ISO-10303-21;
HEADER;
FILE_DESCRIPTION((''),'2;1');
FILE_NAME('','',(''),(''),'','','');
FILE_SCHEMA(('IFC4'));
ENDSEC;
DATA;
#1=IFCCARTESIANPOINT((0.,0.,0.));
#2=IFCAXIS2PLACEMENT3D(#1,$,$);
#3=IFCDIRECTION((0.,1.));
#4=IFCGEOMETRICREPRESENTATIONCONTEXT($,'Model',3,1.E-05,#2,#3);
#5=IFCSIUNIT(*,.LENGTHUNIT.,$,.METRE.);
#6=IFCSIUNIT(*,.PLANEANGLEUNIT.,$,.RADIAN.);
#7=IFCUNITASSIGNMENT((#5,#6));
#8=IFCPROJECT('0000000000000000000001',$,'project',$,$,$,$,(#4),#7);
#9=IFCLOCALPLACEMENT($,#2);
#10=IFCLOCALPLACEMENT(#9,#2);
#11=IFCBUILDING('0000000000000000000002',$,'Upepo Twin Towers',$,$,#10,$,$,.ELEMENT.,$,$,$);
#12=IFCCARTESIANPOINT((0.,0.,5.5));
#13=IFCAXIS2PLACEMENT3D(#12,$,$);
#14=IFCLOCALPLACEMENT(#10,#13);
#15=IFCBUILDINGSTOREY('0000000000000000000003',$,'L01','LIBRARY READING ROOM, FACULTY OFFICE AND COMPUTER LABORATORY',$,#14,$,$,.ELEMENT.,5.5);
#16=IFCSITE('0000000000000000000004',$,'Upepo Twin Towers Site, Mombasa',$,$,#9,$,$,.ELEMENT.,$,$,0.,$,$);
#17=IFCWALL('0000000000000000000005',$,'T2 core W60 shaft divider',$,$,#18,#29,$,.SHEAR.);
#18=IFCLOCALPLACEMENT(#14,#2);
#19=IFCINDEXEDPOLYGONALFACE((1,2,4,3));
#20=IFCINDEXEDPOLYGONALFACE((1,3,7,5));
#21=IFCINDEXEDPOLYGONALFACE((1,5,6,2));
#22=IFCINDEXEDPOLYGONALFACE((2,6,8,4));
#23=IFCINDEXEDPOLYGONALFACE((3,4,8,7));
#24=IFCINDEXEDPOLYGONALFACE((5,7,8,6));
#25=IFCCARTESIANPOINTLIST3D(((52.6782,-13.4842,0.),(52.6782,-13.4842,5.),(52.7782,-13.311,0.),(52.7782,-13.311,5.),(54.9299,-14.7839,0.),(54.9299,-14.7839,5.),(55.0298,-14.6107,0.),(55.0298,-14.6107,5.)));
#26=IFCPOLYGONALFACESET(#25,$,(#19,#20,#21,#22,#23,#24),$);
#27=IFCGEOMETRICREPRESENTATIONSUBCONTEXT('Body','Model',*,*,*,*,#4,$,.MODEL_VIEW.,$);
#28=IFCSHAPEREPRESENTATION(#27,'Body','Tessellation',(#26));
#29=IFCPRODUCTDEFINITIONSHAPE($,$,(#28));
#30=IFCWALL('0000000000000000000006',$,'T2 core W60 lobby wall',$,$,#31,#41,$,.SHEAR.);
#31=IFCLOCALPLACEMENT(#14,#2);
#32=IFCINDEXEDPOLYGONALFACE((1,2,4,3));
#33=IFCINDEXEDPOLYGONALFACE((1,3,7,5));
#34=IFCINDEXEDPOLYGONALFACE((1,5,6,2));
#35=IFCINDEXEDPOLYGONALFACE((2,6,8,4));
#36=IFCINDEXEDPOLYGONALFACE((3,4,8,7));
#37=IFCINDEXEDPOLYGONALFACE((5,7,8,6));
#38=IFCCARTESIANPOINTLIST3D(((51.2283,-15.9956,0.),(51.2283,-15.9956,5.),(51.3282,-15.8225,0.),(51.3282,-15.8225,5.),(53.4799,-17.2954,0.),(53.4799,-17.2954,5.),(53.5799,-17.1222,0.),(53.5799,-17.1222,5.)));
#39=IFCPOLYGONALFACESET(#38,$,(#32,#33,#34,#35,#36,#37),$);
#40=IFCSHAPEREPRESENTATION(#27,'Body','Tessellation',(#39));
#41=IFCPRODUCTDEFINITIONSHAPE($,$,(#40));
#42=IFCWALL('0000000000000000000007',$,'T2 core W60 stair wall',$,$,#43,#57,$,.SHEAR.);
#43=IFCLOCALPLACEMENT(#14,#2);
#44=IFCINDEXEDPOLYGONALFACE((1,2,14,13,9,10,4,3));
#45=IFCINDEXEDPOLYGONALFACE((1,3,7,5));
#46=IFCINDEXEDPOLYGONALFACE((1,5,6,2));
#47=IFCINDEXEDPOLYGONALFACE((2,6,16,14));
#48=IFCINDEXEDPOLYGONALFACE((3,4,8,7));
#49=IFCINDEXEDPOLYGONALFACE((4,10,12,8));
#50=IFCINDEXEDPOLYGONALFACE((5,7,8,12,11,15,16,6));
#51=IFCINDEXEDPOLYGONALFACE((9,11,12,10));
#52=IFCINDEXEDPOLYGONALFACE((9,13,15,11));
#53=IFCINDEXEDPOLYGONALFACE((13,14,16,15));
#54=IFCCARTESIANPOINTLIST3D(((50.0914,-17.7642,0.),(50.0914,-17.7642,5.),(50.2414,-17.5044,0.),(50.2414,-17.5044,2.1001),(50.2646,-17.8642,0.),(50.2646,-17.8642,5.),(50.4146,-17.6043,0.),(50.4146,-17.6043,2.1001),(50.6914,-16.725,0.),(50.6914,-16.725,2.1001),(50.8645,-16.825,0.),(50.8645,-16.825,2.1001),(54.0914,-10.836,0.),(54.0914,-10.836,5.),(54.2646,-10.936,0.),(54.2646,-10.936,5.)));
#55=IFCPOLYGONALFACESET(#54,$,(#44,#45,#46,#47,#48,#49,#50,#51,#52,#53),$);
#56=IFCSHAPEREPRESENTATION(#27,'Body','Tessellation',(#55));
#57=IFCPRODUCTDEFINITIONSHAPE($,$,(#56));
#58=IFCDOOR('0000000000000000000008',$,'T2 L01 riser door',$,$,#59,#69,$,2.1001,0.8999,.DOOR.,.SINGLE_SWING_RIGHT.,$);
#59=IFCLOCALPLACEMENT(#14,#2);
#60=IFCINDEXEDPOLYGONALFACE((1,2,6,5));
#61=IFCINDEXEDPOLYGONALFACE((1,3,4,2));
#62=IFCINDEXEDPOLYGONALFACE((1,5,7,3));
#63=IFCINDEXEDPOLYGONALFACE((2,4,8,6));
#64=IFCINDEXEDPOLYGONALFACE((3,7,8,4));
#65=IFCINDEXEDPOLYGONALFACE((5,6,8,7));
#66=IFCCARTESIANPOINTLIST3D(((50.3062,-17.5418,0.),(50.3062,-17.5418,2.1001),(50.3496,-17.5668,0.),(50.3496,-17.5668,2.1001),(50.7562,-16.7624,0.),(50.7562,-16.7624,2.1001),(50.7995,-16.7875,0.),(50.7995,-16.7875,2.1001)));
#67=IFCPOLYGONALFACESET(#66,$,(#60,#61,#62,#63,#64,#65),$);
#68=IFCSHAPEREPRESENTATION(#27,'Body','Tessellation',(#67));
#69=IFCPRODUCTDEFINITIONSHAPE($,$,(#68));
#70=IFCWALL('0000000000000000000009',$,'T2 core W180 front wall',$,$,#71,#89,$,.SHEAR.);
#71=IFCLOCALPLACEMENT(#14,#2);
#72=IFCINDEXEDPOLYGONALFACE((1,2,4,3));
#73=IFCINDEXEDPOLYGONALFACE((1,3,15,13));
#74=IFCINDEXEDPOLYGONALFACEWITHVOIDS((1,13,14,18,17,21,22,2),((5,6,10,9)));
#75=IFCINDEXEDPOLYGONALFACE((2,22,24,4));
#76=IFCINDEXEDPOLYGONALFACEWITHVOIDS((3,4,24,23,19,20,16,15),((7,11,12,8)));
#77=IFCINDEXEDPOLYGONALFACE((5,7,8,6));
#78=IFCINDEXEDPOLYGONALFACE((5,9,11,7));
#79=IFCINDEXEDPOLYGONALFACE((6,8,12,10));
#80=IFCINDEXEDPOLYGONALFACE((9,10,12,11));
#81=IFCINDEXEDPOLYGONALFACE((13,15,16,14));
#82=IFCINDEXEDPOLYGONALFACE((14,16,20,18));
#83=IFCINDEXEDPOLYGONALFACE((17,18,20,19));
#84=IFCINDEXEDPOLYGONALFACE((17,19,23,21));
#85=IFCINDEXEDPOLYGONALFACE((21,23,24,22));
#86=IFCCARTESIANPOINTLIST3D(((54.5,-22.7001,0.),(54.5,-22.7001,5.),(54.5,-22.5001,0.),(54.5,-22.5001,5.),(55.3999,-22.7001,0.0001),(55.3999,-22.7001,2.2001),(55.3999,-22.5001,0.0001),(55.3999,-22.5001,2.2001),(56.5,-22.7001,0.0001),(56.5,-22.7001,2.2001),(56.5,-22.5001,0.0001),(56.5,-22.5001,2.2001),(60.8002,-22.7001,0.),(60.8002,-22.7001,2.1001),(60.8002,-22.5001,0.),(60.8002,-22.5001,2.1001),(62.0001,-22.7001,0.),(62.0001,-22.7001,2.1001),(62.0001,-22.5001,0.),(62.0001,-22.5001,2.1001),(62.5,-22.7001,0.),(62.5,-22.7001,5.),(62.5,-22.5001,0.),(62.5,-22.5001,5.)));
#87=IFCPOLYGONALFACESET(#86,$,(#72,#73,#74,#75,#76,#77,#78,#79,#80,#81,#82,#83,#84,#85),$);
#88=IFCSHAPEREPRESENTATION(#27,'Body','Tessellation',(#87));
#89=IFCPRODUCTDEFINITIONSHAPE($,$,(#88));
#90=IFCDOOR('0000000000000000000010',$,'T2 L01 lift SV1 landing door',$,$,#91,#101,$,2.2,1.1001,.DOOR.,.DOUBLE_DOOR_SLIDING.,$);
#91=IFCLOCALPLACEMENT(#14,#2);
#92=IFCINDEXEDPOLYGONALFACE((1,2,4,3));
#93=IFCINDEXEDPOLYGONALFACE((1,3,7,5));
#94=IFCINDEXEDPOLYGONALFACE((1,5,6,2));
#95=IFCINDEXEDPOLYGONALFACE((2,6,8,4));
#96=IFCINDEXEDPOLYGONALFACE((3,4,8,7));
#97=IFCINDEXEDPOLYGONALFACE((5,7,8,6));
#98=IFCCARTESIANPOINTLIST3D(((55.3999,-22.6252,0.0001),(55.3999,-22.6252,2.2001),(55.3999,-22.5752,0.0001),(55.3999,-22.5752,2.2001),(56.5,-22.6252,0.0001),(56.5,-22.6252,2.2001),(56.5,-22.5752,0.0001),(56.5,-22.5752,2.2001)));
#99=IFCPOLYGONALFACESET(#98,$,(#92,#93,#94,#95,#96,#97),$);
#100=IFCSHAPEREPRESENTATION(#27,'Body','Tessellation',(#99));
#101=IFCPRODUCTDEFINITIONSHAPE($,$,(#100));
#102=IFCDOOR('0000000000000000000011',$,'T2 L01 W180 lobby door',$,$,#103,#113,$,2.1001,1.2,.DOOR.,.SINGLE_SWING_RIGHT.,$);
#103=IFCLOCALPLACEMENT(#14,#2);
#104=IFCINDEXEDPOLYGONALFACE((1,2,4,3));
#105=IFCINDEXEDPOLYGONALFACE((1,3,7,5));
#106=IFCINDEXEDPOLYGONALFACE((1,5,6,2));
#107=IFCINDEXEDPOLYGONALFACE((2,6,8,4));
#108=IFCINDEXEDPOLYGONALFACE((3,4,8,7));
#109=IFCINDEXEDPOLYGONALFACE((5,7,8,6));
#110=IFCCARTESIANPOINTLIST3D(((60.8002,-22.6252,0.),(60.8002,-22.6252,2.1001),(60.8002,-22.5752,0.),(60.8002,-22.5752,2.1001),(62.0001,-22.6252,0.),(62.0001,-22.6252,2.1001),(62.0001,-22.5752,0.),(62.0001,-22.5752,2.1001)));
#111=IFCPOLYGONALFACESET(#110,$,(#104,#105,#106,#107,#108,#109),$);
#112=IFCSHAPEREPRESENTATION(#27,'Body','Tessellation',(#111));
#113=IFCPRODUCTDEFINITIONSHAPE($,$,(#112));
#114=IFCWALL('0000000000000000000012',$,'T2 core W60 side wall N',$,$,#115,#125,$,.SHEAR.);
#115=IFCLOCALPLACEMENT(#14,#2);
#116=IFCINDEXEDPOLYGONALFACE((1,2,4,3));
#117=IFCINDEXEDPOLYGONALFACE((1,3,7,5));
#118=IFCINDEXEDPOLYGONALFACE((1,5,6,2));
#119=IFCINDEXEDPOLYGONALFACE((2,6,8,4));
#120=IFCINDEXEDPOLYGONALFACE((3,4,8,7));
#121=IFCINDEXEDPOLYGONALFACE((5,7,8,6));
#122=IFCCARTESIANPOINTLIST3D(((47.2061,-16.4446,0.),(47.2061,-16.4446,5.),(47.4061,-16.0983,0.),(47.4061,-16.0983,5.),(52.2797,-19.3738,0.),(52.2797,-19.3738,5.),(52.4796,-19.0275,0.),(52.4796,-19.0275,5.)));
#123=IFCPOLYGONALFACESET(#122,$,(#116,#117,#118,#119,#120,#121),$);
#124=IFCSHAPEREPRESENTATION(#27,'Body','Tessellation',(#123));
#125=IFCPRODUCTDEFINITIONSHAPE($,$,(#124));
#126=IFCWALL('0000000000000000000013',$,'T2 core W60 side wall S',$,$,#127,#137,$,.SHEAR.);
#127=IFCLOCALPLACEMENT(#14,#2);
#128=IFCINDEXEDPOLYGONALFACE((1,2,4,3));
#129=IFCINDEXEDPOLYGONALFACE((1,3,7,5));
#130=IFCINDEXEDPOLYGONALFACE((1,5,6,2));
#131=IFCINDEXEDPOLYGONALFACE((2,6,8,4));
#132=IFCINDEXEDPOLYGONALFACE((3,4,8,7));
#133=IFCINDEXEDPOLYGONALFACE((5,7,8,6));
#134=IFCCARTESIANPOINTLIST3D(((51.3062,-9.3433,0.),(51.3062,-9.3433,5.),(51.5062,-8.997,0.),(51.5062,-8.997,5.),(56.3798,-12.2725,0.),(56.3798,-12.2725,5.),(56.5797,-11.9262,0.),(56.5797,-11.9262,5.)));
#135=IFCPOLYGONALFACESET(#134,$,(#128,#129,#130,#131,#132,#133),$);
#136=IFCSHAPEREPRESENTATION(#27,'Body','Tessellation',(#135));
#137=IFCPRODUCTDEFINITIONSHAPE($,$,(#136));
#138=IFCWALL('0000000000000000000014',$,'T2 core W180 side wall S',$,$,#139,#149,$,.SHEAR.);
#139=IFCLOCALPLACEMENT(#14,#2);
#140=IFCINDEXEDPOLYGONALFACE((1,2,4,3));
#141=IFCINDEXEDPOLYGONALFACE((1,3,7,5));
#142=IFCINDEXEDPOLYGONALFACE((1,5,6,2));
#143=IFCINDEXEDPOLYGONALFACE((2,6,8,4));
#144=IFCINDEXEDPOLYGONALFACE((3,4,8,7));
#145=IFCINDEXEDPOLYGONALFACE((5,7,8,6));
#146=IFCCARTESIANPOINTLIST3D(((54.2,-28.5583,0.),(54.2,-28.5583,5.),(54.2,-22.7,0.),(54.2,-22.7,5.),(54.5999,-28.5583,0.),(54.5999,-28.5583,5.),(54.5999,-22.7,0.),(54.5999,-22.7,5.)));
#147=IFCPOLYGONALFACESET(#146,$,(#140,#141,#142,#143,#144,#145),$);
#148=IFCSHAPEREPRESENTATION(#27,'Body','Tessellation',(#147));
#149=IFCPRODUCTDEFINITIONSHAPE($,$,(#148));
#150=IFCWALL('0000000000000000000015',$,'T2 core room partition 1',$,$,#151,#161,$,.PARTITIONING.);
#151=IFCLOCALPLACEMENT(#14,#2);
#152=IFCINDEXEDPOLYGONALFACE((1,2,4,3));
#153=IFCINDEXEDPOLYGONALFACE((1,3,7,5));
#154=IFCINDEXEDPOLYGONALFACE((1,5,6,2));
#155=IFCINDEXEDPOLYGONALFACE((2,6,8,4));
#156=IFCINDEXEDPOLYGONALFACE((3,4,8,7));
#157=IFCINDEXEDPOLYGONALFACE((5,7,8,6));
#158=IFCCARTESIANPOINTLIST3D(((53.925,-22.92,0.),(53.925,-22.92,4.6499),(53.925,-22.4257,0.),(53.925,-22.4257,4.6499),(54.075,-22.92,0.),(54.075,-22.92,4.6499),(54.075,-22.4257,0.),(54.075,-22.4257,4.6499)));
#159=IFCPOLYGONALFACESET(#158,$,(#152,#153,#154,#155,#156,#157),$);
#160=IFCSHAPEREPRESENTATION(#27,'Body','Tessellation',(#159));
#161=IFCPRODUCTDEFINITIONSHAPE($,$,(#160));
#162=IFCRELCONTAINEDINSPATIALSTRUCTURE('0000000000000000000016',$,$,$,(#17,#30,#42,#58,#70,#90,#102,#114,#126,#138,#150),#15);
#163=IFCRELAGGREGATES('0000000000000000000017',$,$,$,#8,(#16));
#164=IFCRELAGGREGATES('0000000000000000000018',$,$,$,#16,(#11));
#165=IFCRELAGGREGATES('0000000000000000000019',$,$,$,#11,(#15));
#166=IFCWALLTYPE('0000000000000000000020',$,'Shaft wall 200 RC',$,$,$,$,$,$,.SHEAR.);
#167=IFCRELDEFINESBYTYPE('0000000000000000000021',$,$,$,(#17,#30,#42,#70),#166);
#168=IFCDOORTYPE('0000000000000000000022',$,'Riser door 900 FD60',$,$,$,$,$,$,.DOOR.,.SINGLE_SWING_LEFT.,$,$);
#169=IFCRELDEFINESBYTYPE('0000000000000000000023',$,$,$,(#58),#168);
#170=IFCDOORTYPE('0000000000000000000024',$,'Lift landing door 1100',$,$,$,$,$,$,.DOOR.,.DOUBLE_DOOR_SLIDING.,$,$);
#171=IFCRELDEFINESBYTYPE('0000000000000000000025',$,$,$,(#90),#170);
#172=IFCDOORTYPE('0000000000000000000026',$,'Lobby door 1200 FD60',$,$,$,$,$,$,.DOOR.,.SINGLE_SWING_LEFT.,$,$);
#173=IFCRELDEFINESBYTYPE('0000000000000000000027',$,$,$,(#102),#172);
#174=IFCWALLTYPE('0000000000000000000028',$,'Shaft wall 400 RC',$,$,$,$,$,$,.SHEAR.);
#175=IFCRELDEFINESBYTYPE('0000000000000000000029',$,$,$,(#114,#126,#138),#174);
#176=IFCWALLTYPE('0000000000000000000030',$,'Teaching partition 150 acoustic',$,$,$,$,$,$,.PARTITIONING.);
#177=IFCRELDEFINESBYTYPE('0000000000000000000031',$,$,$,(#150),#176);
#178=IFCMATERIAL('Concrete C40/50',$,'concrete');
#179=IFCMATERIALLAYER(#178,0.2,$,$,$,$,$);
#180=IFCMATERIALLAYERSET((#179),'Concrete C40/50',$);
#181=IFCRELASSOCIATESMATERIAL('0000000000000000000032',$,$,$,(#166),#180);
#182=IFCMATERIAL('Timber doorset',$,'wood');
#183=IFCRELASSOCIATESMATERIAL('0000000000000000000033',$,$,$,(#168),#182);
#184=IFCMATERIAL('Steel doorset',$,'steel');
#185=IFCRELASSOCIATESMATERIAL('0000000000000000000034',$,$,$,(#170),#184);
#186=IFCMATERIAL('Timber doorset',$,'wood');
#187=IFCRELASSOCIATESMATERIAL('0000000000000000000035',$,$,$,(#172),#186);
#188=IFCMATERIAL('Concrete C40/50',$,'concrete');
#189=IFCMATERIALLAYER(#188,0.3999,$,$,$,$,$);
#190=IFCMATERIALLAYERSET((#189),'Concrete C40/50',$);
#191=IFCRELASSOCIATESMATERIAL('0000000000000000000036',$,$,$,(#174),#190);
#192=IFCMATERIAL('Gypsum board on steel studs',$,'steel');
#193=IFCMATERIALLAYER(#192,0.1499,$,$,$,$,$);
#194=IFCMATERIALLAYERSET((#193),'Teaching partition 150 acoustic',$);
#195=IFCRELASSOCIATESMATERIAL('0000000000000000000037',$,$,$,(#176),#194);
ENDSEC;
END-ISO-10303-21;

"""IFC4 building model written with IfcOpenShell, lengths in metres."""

from ifc_helpers import new_model, si_unit, direction, frame, frame_2d, origin, place, context, subcontext, project, spatial, rectangle, extrude, material, layer, layer_set, type_object, element, fill, save


model = new_model("IFC4")

# Units and contexts
model_context = context("Model", 3, precision=1e-05, world=origin(), true_north=direction((0.0, 1.0)))
body_context = subcontext(model_context, "Body", "Model", "MODEL_VIEW")
ifc_project = project(units=[si_unit("LENGTHUNIT", "METRE"), si_unit("PLANEANGLEUNIT", "RADIAN")], contexts=[model_context])

# Site, building, storey
site_placement = place(None, origin())
site = spatial("IfcSite", under=ifc_project, at=site_placement, Name="Upepo Twin Towers Site, Mombasa", CompositionType="ELEMENT", RefElevation=0.0)
building_placement = place(site_placement, origin())
building = spatial("IfcBuilding", under=site, at=building_placement, Name="Upepo Twin Towers", CompositionType="ELEMENT")
storey_placement = place(building_placement, frame((0.0, 0.0, 5.5)))
storey = spatial("IfcBuildingStorey", under=building, at=storey_placement, Name="L01", Description="LIBRARY READING ROOM, FACULTY OFFICE AND COMPUTER LABORATORY", CompositionType="ELEMENT", Elevation=5.5)

# Walls
ifc_material_1 = material(Name="Concrete C40/50", Category="concrete")
ifc_layer_1 = layer(ifc_material_1, 0.2)
ifc_layer_set_1 = layer_set([ifc_layer_1], Name="Concrete C40/50")
wall_type_1 = type_object("IfcWallType", Name="Shaft wall 200 RC", PredefinedType="SHEAR", material=ifc_layer_set_1)
for number, where, z_axis, x_axis, name in (
    (1, (54.9797, -14.6973, 0.0), (0.0, 0.0, 1.0), (-0.866062, 0.499937, 0.0), "T2 core W60 shaft divider"),
    (2, (53.5298, -17.2087, 0.0), (0.0, 0.0, 1.0), (-0.866062, 0.499937, 0.0), "T2 core W60 lobby wall"),
):
    element("IfcWall", number, at=place(storey_placement, frame(where, z_axis=z_axis, x_axis=x_axis)), inside=storey, type_object=wall_type_1, Name=name, PredefinedType="SHEAR", context=body_context, shape_type="SweptSolid", body=[
        extrude(rectangle(XDim=2.5999, YDim=0.2, at=frame_2d((1.2998, 0.0))), origin(), (0.0, 0.0, 1.0), 5.0),
    ])

# Wall, opening, door
wall_1_placement = place(storey_placement, frame((54.178, -10.886, 0.0), z_axis=(0.0, 0.0, 1.0), x_axis=(-0.499999, -0.866026, 0.0)))
wall_1 = element("IfcWall", 3, at=wall_1_placement, inside=storey, type_object=wall_type_1, Name="T2 core W60 stair wall", PredefinedType="SHEAR", context=body_context, shape_type="SweptSolid", body=[
    extrude(rectangle(XDim=8.0, YDim=0.2, at=frame_2d((4.0, 0.0))), origin(), (0.0, 0.0, 1.0), 5.0),
])
opening_1_placement = place(wall_1_placement, frame((6.8, 0.0, 0.0)))
opening_1 = element("IfcOpeningElement", 4, at=opening_1_placement, cuts=wall_1, PredefinedType="OPENING", context=body_context, shape_type="SweptSolid", body=[
    extrude(rectangle(XDim=0.8999, YDim=2.1001, at=frame_2d((0.45, 1.05))), frame((0.0, 0.1099, 0.0), z_axis=(0.0, -1.0, 0.0), x_axis=(1.0, 0.0, 0.0)), (0.0, 0.0, 1.0), 0.22),
])
ifc_material_2 = material(Name="Timber doorset", Category="wood")
door_type_1 = type_object("IfcDoorType", Name="Riser door 900 FD60", OperationType="SINGLE_SWING_LEFT", PredefinedType="DOOR", material=ifc_material_2)
door_1_placement = place(opening_1_placement, origin())
door_1 = element("IfcDoor", 5, at=door_1_placement, inside=storey, type_object=door_type_1, Name="T2 L01 riser door", OperationType="SINGLE_SWING_RIGHT", OverallHeight=2.1001, OverallWidth=0.8999, PredefinedType="DOOR", context=body_context, shape_type="SweptSolid", body=[
    extrude(rectangle(XDim=0.8999, YDim=2.1001, at=frame_2d((0.45, 1.05))), frame((0.0, 0.0249, 0.0), z_axis=(0.0, -1.0, 0.0), x_axis=(1.0, 0.0, 0.0)), (0.0, 0.0, 1.0), 0.05),
])
fill(opening_1, door_1)

# Wall, openings, doors
wall_2_placement = place(storey_placement, frame((54.5, -22.6001, 0.0), z_axis=(0.0, 0.0, 1.0), x_axis=(1.0, 0.0, 0.0)))
wall_2 = element("IfcWall", 6, at=wall_2_placement, inside=storey, type_object=wall_type_1, Name="T2 core W180 front wall", PredefinedType="SHEAR", context=body_context, shape_type="SweptSolid", body=[
    extrude(rectangle(XDim=8.0, YDim=0.2, at=frame_2d((4.0, 0.0))), origin(), (0.0, 0.0, 1.0), 5.0),
])
opening_2_placement = place(wall_2_placement, frame((6.3, 0.0, 0.0)))
opening_2 = element("IfcOpeningElement", 7, at=opening_2_placement, cuts=wall_2, PredefinedType="OPENING", context=body_context, shape_type="SweptSolid", body=[
    extrude(rectangle(XDim=1.2, YDim=2.1001, at=frame_2d((0.6001, 1.05))), frame((0.0, 0.1099, 0.0), z_axis=(0.0, -1.0, 0.0), x_axis=(1.0, 0.0, 0.0)), (0.0, 0.0, 1.0), 0.22),
])
opening_3_placement = place(wall_2_placement, frame((0.8999, 0.0, 0.0)))
opening_3 = element("IfcOpeningElement", 8, at=opening_3_placement, cuts=wall_2, PredefinedType="OPENING", context=body_context, shape_type="SweptSolid", body=[
    extrude(rectangle(XDim=1.1001, YDim=2.2, at=frame_2d((0.55, 1.1001))), frame((0.0, 0.1099, 0.0), z_axis=(0.0, -1.0, 0.0), x_axis=(1.0, 0.0, 0.0)), (0.0, 0.0, 1.0), 0.22),
])
ifc_material_3 = material(Name="Steel doorset", Category="steel")
door_type_2 = type_object("IfcDoorType", Name="Lift landing door 1100", OperationType="DOUBLE_DOOR_SLIDING", PredefinedType="DOOR", material=ifc_material_3)
door_2_placement = place(opening_3_placement, origin())
door_2 = element("IfcDoor", 9, at=door_2_placement, inside=storey, type_object=door_type_2, Name="T2 L01 lift SV1 landing door", OperationType="DOUBLE_DOOR_SLIDING", OverallHeight=2.2, OverallWidth=1.1001, PredefinedType="DOOR", context=body_context, shape_type="SweptSolid", body=[
    extrude(rectangle(XDim=1.1001, YDim=2.2, at=frame_2d((0.55, 1.1001))), frame((0.0, 0.0249, 0.0), z_axis=(0.0, -1.0, 0.0), x_axis=(1.0, 0.0, 0.0)), (0.0, 0.0, 1.0), 0.05),
])
fill(opening_3, door_2)
ifc_material_4 = material(Name="Timber doorset", Category="wood")
door_type_3 = type_object("IfcDoorType", Name="Lobby door 1200 FD60", OperationType="SINGLE_SWING_LEFT", PredefinedType="DOOR", material=ifc_material_4)
door_3_placement = place(opening_2_placement, origin())
door_3 = element("IfcDoor", 10, at=door_3_placement, inside=storey, type_object=door_type_3, Name="T2 L01 W180 lobby door", OperationType="SINGLE_SWING_RIGHT", OverallHeight=2.1001, OverallWidth=1.2, PredefinedType="DOOR", context=body_context, shape_type="SweptSolid", body=[
    extrude(rectangle(XDim=1.2, YDim=2.1001, at=frame_2d((0.6001, 1.05))), frame((0.0, 0.0249, 0.0), z_axis=(0.0, -1.0, 0.0), x_axis=(1.0, 0.0, 0.0)), (0.0, 0.0, 1.0), 0.05),
])
fill(opening_2, door_3)

# Walls
ifc_material_5 = material(Name="Concrete C40/50", Category="concrete")
ifc_layer_2 = layer(ifc_material_5, 0.3999)
ifc_layer_set_2 = layer_set([ifc_layer_2], Name="Concrete C40/50")
wall_type_2 = type_object("IfcWallType", Name="Shaft wall 400 RC", PredefinedType="SHEAR", material=ifc_layer_set_2)
for number, where, z_axis, x_axis, name in (
    (11, (52.3796, -19.2007, 0.0), (0.0, 0.0, 1.0), (-0.866024, 0.500003, 0.0), "T2 core W60 side wall N"),
    (12, (56.4797, -12.0994, 0.0), (0.0, 0.0, 1.0), (-0.866024, 0.500003, 0.0), "T2 core W60 side wall S"),
    (13, (54.3999, -22.7, 0.0), (0.0, 0.0, 1.0), (0.0, -1.0, 0.0), "T2 core W180 side wall S"),
):
    element("IfcWall", number, at=place(storey_placement, frame(where, z_axis=z_axis, x_axis=x_axis)), inside=storey, type_object=wall_type_2, Name=name, PredefinedType="SHEAR", context=body_context, shape_type="SweptSolid", body=[
        extrude(rectangle(XDim=5.8584, YDim=0.3999, at=frame_2d((2.9292, 0.0))), origin(), (0.0, 0.0, 1.0), 5.0),
    ])
ifc_material_6 = material(Name="Gypsum board on steel studs", Category="steel")
ifc_layer_3 = layer(ifc_material_6, 0.1499)
ifc_layer_set_3 = layer_set([ifc_layer_3], Name="Teaching partition 150 acoustic")
wall_type_3 = type_object("IfcWallType", Name="Teaching partition 150 acoustic", PredefinedType="PARTITIONING", material=ifc_layer_set_3)
wall_3_placement = place(storey_placement, frame((54.0, -22.9199, 0.0), z_axis=(0.0, 0.0, 1.0), x_axis=(0.0, 1.0, 0.0)))
element("IfcWall", 14, at=wall_3_placement, inside=storey, type_object=wall_type_3, Name="T2 core room partition 1", PredefinedType="PARTITIONING", context=body_context, shape_type="SweptSolid", body=[
    extrude(rectangle(XDim=0.4944, YDim=0.1499, at=frame_2d((0.2471, 0.0))), origin(), (0.0, 0.0, 1.0), 4.6499),
])

save(model, "model.ifc")
